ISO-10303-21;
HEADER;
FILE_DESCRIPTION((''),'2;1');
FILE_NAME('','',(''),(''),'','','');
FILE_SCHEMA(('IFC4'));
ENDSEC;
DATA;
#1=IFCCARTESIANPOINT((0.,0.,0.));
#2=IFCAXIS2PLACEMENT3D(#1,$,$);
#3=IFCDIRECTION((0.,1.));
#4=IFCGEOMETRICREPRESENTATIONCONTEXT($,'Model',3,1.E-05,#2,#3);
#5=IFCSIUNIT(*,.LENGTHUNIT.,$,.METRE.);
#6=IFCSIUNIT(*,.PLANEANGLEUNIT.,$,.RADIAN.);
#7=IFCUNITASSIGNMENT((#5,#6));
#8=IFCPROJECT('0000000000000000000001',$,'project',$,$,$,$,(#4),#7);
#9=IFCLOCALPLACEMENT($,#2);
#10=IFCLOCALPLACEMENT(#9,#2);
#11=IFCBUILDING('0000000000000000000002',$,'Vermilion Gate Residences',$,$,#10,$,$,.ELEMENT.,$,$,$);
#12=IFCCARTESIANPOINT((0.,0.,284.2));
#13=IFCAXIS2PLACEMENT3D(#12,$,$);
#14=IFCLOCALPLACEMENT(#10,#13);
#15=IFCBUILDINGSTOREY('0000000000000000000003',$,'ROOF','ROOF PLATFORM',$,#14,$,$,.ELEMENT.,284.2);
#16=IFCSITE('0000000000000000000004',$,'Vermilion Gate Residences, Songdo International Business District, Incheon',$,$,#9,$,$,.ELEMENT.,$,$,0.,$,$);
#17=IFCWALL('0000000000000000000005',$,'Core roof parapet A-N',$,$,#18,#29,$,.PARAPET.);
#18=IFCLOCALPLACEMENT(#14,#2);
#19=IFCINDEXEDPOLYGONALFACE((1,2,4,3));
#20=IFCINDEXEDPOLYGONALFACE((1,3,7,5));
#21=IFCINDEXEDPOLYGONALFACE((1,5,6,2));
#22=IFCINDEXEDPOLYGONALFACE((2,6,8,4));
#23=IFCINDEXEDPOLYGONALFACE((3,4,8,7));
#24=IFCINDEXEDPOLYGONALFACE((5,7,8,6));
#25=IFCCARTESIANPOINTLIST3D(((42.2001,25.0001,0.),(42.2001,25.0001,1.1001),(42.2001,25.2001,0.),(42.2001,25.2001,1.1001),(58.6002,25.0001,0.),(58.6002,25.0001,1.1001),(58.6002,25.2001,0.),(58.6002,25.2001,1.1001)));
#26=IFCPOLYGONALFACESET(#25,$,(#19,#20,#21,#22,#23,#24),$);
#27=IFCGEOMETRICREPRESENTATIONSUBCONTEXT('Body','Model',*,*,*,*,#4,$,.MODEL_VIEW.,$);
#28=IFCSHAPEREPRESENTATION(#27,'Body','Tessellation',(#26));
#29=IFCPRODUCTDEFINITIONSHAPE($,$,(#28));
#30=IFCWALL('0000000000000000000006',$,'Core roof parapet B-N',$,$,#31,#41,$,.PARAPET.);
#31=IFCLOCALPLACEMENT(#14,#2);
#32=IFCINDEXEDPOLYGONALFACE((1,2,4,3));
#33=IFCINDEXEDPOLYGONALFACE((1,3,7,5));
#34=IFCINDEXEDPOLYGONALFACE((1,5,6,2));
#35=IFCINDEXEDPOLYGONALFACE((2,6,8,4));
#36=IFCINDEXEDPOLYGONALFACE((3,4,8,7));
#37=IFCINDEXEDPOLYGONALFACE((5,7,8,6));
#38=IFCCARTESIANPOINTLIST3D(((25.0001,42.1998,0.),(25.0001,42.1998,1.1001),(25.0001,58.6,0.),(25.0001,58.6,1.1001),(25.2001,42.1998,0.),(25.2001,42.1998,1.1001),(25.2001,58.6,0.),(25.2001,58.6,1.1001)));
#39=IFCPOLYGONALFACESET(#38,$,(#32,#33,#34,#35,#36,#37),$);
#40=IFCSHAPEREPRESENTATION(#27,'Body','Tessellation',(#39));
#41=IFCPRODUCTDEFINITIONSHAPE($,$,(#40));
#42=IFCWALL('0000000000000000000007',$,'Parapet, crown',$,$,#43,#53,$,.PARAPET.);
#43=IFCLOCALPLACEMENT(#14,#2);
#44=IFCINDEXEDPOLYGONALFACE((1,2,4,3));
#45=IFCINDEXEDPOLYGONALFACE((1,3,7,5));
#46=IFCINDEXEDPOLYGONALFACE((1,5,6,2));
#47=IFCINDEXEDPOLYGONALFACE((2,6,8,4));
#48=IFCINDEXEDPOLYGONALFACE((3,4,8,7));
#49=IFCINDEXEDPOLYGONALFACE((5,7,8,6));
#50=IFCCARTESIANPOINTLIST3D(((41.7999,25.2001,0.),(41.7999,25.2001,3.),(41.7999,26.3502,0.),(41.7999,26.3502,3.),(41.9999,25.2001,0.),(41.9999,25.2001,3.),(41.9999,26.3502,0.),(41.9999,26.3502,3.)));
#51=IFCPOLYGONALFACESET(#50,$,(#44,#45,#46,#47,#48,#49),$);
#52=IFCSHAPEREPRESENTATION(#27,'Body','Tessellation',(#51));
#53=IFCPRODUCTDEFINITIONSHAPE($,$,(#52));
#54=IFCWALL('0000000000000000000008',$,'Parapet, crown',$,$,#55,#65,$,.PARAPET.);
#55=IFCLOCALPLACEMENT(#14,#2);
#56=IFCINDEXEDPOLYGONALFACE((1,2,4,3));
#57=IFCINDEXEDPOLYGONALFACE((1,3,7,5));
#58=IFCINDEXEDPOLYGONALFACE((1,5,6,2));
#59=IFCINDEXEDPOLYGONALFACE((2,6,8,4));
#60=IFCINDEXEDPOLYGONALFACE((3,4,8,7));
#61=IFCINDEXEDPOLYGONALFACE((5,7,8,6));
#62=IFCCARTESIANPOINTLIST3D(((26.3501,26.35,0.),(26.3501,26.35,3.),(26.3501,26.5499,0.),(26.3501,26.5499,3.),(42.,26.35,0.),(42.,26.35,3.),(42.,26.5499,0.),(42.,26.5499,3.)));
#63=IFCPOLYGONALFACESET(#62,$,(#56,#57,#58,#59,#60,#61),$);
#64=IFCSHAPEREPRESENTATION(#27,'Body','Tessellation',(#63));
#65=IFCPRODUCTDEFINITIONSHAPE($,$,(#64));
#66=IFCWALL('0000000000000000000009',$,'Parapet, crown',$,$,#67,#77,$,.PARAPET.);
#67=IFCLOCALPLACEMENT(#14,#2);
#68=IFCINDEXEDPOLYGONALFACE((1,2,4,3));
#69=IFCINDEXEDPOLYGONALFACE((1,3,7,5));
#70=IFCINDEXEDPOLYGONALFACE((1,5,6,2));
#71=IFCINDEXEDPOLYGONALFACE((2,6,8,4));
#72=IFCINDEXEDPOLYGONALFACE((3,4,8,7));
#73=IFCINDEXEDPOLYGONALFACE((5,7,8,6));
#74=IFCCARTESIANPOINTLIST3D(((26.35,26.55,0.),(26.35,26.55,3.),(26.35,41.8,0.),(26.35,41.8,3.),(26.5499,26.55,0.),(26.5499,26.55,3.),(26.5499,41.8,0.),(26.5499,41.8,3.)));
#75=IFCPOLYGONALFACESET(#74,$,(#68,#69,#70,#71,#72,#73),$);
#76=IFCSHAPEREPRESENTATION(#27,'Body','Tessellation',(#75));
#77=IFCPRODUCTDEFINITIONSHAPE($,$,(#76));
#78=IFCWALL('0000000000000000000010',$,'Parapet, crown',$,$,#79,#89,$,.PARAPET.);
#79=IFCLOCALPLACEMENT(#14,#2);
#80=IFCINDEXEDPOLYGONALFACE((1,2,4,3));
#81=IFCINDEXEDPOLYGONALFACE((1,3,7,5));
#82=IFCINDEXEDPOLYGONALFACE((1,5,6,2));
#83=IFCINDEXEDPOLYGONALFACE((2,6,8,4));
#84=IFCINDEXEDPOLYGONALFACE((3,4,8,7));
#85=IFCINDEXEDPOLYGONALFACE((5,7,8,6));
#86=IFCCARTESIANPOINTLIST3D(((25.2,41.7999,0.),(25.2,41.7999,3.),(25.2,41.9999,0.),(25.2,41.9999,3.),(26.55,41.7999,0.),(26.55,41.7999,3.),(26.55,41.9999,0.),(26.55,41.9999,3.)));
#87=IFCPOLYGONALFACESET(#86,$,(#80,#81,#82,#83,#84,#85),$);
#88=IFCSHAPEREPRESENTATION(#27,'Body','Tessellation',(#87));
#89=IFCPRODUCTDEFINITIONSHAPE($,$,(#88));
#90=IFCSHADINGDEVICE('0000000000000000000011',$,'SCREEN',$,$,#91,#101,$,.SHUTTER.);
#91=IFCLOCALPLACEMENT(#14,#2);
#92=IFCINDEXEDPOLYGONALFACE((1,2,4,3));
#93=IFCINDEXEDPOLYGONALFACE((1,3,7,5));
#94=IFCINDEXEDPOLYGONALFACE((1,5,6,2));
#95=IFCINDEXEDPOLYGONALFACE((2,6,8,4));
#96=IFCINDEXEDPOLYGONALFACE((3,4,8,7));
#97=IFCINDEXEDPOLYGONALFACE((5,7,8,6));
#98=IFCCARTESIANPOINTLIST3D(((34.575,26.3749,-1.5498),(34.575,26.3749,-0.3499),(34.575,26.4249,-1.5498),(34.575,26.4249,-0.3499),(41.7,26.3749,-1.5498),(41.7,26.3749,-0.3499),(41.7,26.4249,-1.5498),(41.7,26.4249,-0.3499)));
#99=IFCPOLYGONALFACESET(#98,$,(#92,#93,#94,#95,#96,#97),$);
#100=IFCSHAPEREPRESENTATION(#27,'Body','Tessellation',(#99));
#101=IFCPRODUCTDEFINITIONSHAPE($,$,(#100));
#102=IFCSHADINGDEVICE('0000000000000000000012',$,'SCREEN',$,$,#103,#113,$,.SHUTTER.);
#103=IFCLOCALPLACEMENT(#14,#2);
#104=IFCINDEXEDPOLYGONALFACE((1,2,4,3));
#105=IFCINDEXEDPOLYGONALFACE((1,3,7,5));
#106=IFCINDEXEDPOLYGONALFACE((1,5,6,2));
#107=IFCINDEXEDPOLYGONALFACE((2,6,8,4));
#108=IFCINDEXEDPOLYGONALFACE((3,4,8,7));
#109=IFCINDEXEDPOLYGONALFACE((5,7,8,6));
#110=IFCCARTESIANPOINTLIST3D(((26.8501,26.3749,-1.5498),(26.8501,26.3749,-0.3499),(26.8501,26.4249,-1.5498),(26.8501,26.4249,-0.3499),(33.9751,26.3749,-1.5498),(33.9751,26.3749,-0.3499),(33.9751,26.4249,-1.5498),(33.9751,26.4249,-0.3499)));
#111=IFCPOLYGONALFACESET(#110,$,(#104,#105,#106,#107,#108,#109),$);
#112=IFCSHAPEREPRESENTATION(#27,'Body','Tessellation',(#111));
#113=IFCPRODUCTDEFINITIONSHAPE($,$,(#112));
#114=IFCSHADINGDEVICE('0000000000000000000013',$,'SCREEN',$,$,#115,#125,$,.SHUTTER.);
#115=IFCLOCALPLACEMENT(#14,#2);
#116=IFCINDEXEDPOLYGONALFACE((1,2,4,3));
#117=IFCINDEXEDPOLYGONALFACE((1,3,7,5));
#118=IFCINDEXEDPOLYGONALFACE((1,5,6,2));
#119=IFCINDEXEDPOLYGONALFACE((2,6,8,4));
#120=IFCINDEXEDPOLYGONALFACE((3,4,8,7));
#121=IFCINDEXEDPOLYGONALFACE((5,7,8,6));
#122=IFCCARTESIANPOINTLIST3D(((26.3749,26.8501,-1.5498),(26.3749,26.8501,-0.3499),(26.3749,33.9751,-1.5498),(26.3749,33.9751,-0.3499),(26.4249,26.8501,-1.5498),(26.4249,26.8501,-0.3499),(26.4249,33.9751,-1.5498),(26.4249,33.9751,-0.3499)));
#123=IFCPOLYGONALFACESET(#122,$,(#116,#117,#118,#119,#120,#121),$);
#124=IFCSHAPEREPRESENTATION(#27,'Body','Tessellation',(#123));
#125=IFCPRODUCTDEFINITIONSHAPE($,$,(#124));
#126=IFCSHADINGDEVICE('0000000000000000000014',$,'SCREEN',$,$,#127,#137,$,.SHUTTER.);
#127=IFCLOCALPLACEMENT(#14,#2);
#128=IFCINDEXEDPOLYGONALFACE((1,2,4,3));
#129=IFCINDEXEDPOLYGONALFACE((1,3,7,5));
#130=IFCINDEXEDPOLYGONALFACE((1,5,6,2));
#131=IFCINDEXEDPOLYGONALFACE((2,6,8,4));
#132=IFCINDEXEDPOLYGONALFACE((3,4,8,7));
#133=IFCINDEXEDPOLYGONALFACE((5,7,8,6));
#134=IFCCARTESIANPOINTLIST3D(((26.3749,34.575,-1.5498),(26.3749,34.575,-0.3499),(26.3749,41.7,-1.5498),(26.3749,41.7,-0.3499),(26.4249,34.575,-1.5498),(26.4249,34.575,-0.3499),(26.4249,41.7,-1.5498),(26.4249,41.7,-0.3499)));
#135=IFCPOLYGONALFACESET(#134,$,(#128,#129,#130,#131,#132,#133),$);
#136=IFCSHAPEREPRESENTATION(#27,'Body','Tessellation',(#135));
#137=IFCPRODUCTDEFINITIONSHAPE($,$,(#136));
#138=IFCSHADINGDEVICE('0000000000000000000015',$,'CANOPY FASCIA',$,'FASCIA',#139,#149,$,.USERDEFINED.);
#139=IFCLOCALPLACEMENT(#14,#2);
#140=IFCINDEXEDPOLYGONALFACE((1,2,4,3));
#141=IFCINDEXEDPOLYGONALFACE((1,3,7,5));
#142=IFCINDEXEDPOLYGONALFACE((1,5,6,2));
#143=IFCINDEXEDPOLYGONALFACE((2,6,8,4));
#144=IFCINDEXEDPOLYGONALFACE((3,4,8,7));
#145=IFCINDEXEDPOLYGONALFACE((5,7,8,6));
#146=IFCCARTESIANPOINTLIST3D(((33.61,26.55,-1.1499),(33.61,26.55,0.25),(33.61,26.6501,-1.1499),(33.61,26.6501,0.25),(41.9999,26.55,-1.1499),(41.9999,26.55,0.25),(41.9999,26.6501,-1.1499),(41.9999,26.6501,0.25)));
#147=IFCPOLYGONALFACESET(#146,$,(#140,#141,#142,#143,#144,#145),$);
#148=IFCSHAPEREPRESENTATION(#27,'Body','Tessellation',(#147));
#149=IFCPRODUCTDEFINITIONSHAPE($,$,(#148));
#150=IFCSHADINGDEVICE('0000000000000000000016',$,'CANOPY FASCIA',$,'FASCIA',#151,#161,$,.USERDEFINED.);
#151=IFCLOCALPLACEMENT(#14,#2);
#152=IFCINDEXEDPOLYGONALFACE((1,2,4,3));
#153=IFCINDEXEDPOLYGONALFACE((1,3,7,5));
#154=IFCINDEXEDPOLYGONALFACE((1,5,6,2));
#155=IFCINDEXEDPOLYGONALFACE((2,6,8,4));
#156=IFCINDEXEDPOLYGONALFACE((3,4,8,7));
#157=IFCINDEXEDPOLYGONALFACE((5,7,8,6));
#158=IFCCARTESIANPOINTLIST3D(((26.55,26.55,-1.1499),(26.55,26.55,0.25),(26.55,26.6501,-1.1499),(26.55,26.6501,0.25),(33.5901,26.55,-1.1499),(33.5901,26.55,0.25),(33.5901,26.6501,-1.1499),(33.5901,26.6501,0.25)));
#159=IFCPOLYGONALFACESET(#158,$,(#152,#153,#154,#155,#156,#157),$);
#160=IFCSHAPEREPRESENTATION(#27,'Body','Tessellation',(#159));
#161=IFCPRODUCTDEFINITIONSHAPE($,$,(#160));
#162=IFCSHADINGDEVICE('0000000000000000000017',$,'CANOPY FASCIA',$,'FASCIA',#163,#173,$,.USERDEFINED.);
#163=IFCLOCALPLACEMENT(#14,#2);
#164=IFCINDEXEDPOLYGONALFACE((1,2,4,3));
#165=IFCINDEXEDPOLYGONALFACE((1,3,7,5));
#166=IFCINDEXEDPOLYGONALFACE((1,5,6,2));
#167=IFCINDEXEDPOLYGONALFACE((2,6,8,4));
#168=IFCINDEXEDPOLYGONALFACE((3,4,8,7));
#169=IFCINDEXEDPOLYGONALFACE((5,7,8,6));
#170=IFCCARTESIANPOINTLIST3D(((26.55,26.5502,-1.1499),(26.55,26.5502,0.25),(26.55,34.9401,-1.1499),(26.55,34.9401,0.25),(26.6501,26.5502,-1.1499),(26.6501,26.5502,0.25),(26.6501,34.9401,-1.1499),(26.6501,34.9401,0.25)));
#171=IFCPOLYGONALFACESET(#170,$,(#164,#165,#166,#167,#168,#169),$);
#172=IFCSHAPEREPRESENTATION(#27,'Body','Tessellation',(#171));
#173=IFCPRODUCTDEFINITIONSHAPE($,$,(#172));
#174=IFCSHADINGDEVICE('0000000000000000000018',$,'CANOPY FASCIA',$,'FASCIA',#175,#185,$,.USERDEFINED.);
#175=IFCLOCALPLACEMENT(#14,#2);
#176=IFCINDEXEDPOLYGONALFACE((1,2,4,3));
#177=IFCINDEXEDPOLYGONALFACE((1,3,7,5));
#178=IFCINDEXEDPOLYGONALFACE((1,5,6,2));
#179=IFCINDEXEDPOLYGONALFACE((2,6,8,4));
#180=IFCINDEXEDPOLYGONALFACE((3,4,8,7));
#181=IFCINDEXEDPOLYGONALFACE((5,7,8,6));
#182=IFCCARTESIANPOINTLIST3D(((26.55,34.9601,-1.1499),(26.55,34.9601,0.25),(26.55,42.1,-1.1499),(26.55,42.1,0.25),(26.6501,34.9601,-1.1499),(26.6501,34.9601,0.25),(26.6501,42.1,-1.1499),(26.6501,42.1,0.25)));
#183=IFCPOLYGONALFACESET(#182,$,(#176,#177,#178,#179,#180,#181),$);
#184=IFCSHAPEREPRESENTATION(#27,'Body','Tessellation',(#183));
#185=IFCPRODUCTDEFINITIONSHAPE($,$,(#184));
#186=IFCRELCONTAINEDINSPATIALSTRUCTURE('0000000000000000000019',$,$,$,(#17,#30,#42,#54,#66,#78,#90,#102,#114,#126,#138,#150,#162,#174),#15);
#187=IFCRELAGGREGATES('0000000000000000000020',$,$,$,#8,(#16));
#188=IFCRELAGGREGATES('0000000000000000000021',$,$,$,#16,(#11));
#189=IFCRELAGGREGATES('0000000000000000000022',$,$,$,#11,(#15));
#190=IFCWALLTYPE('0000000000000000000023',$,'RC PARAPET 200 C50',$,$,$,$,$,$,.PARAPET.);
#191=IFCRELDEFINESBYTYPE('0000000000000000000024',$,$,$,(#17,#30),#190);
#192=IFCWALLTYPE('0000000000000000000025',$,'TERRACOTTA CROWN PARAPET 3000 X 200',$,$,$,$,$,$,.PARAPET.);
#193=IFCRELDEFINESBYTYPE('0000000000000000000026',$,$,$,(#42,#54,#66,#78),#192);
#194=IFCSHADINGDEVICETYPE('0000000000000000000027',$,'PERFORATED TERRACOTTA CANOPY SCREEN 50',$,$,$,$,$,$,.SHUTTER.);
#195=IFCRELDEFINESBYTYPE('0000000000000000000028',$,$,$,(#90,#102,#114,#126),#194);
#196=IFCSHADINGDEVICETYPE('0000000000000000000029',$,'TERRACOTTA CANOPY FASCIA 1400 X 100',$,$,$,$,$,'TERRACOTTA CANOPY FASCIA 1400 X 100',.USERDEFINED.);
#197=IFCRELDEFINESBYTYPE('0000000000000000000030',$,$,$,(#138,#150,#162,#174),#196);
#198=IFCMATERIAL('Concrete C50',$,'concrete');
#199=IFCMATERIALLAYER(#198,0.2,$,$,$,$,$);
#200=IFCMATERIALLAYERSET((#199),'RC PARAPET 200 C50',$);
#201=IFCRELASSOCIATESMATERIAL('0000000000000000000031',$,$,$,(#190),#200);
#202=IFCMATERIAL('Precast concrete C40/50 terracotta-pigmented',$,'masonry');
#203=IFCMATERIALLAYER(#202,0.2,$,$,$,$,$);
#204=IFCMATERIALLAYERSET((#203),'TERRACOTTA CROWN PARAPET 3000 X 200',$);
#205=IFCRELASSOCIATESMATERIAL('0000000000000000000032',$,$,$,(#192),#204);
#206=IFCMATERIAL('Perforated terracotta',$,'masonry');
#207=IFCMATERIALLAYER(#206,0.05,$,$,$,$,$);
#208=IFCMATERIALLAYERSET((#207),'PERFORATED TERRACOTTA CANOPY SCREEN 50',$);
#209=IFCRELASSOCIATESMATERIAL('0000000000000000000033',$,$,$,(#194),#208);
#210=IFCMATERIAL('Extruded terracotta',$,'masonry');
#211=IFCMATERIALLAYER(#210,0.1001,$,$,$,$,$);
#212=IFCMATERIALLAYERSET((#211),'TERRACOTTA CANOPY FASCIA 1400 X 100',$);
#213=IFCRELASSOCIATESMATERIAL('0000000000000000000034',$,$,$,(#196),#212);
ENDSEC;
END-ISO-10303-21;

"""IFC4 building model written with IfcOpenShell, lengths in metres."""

from ifc_helpers import new_model, si_unit, direction, frame, frame_2d, origin, origin_2d, place, context, subcontext, project, spatial, rectangle, extrude, material, layer, layer_set, type_object, element, save


model = new_model("IFC4")

# Units and contexts
model_context = context("Model", 3, precision=1e-05, world=origin(), true_north=direction((0.0, 1.0)))
body_context = subcontext(model_context, "Body", "Model", "MODEL_VIEW")
ifc_project = project(units=[si_unit("LENGTHUNIT", "METRE"), si_unit("PLANEANGLEUNIT", "RADIAN")], contexts=[model_context])

# Site, building, storey
site_placement = place(None, origin())
site = spatial("IfcSite", under=ifc_project, at=site_placement, Name="Vermilion Gate Residences, Songdo International Business District, Incheon", CompositionType="ELEMENT", RefElevation=0.0)
building_placement = place(site_placement, origin())
building = spatial("IfcBuilding", under=site, at=building_placement, Name="Vermilion Gate Residences", CompositionType="ELEMENT")
storey_placement = place(building_placement, frame((0.0, 0.0, 284.2)))
storey = spatial("IfcBuildingStorey", under=building, at=storey_placement, Name="ROOF", Description="ROOF PLATFORM", CompositionType="ELEMENT", Elevation=284.2)

# Walls
ifc_material_1 = material(Name="Concrete C50", Category="concrete")
ifc_layer_1 = layer(ifc_material_1, 0.2)
ifc_layer_set_1 = layer_set([ifc_layer_1], Name="RC PARAPET 200 C50")
wall_type_1 = type_object("IfcWallType", Name="RC PARAPET 200 C50", PredefinedType="PARAPET", material=ifc_layer_set_1)
for number, where, z_axis, x_axis, name in (
    (1, (42.2, 25.1001, 0.0), (0.0, 0.0, 1.0), (1.0, 0.0, 0.0), "Core roof parapet A-N"),
    (2, (25.1001, 58.6001, 0.0), (0.0, 0.0, 1.0), (0.0, -1.0, 0.0), "Core roof parapet B-N"),
):
    element("IfcWall", number, at=place(storey_placement, frame(where, z_axis=z_axis, x_axis=x_axis)), inside=storey, type_object=wall_type_1, Name=name, PredefinedType="PARAPET", context=body_context, shape_type="SweptSolid", body=[
        extrude(rectangle(XDim=16.4001, YDim=0.2, at=frame_2d((8.2002, 0.0))), origin(), (0.0, 0.0, 1.0), 1.1001),
    ])
ifc_material_2 = material(Name="Precast concrete C40/50 terracotta-pigmented", Category="masonry")
ifc_layer_2 = layer(ifc_material_2, 0.2)
ifc_layer_set_2 = layer_set([ifc_layer_2], Name="TERRACOTTA CROWN PARAPET 3000 X 200")
wall_type_2 = type_object("IfcWallType", Name="TERRACOTTA CROWN PARAPET 3000 X 200", PredefinedType="PARAPET", material=ifc_layer_set_2)
wall_1_placement = place(storey_placement, frame((41.8999, 25.2, 0.0), z_axis=(0.0, 0.0, 1.0), x_axis=(0.0, 1.0, 0.0)))
element("IfcWall", 3, at=wall_1_placement, inside=storey, type_object=wall_type_2, Name="Parapet, crown", PredefinedType="PARAPET", context=body_context, shape_type="SweptSolid", body=[
    extrude(rectangle(XDim=1.1501, YDim=0.2, at=frame_2d((0.5752, 0.0))), origin(), (0.0, 0.0, 1.0), 3.0),
])
wall_2_placement = place(storey_placement, frame((42.0, 26.45, 0.0), z_axis=(0.0, 0.0, 1.0), x_axis=(-1.0, 0.0, 0.0)))
element("IfcWall", 4, at=wall_2_placement, inside=storey, type_object=wall_type_2, Name="Parapet, crown", PredefinedType="PARAPET", context=body_context, shape_type="SweptSolid", body=[
    extrude(rectangle(XDim=15.6499, YDim=0.2, at=frame_2d((7.825, 0.0))), origin(), (0.0, 0.0, 1.0), 3.0),
])
wall_3_placement = place(storey_placement, frame((26.45, 26.55, 0.0), z_axis=(0.0, 0.0, 1.0), x_axis=(0.0, 1.0, 0.0)))
element("IfcWall", 5, at=wall_3_placement, inside=storey, type_object=wall_type_2, Name="Parapet, crown", PredefinedType="PARAPET", context=body_context, shape_type="SweptSolid", body=[
    extrude(rectangle(XDim=15.25, YDim=0.2, at=frame_2d((7.625, 0.0))), origin(), (0.0, 0.0, 1.0), 3.0),
])
wall_4_placement = place(storey_placement, frame((26.55, 41.8999, 0.0), z_axis=(0.0, 0.0, 1.0), x_axis=(-1.0, 0.0, 0.0)))
element("IfcWall", 6, at=wall_4_placement, inside=storey, type_object=wall_type_2, Name="Parapet, crown", PredefinedType="PARAPET", context=body_context, shape_type="SweptSolid", body=[
    extrude(rectangle(XDim=1.3501, YDim=0.2, at=frame_2d((0.675, 0.0))), origin(), (0.0, 0.0, 1.0), 3.0),
])

# Shading devices
ifc_material_3 = material(Name="Perforated terracotta", Category="masonry")
ifc_layer_3 = layer(ifc_material_3, 0.05)
ifc_layer_set_3 = layer_set([ifc_layer_3], Name="PERFORATED TERRACOTTA CANOPY SCREEN 50")
shading_device_type_1 = type_object("IfcShadingDeviceType", Name="PERFORATED TERRACOTTA CANOPY SCREEN 50", PredefinedType="SHUTTER", material=ifc_layer_set_3)
for number, where, z_axis, x_axis, name in (
    (7, (38.1375, 26.3999, -1.5498), (0.0, 0.0, 1.0), (-1.0, 0.0, 0.0), "SCREEN"),
    (8, (30.4126, 26.3999, -1.5498), (0.0, 0.0, 1.0), (-1.0, 0.0, 0.0), "SCREEN"),
    (9, (26.3999, 30.4126, -1.5498), (0.0, 0.0, 1.0), (0.0, 1.0, 0.0), "SCREEN"),
    (10, (26.3999, 38.1375, -1.5498), (0.0, 0.0, 1.0), (0.0, 1.0, 0.0), "SCREEN"),
):
    element("IfcShadingDevice", number, at=place(storey_placement, frame(where, z_axis=z_axis, x_axis=x_axis)), inside=storey, type_object=shading_device_type_1, Name=name, PredefinedType="SHUTTER", context=body_context, shape_type="SweptSolid", body=[
        extrude(rectangle(XDim=7.125, YDim=0.05, at=origin_2d()), origin(), (0.0, 0.0, 1.0), 1.2),
    ])
ifc_material_4 = material(Name="Extruded terracotta", Category="masonry")
ifc_layer_4 = layer(ifc_material_4, 0.1001)
ifc_layer_set_4 = layer_set([ifc_layer_4], Name="TERRACOTTA CANOPY FASCIA 1400 X 100")
shading_device_type_2 = type_object("IfcShadingDeviceType", Name="TERRACOTTA CANOPY FASCIA 1400 X 100", ElementType="TERRACOTTA CANOPY FASCIA 1400 X 100", PredefinedType="USERDEFINED", material=ifc_layer_set_4)
shading_device_1_placement = place(storey_placement, frame((37.8049, 26.6001, -1.1499), z_axis=(0.0, 0.0, 1.0), x_axis=(1.0, 0.0, 0.0)))
element("IfcShadingDevice", 11, at=shading_device_1_placement, inside=storey, type_object=shading_device_type_2, Name="CANOPY FASCIA", ObjectType="FASCIA", PredefinedType="USERDEFINED", context=body_context, shape_type="SweptSolid", body=[
    extrude(rectangle(XDim=8.3899, YDim=0.1001, at=origin_2d()), origin(), (0.0, 0.0, 1.0), 1.3999),
])
shading_device_2_placement = place(storey_placement, frame((30.0701, 26.6001, -1.1499), z_axis=(0.0, 0.0, 1.0), x_axis=(1.0, 0.0, 0.0)))
element("IfcShadingDevice", 12, at=shading_device_2_placement, inside=storey, type_object=shading_device_type_2, Name="CANOPY FASCIA", ObjectType="FASCIA", PredefinedType="USERDEFINED", context=body_context, shape_type="SweptSolid", body=[
    extrude(rectangle(XDim=7.04, YDim=0.1001, at=origin_2d()), origin(), (0.0, 0.0, 1.0), 1.3999),
])
shading_device_3_placement = place(storey_placement, frame((26.6001, 30.7451, -1.1499), z_axis=(0.0, 0.0, 1.0), x_axis=(0.0, 1.0, 0.0)))
element("IfcShadingDevice", 13, at=shading_device_3_placement, inside=storey, type_object=shading_device_type_2, Name="CANOPY FASCIA", ObjectType="FASCIA", PredefinedType="USERDEFINED", context=body_context, shape_type="SweptSolid", body=[
    extrude(rectangle(XDim=8.3899, YDim=0.1001, at=origin_2d()), origin(), (0.0, 0.0, 1.0), 1.3999),
])
shading_device_4_placement = place(storey_placement, frame((26.6001, 38.53, -1.1499), z_axis=(0.0, 0.0, 1.0), x_axis=(0.0, 1.0, 0.0)))
element("IfcShadingDevice", 14, at=shading_device_4_placement, inside=storey, type_object=shading_device_type_2, Name="CANOPY FASCIA", ObjectType="FASCIA", PredefinedType="USERDEFINED", context=body_context, shape_type="SweptSolid", body=[
    extrude(rectangle(XDim=7.1399, YDim=0.1001, at=origin_2d()), origin(), (0.0, 0.0, 1.0), 1.3999),
])

save(model, "model.ifc")
